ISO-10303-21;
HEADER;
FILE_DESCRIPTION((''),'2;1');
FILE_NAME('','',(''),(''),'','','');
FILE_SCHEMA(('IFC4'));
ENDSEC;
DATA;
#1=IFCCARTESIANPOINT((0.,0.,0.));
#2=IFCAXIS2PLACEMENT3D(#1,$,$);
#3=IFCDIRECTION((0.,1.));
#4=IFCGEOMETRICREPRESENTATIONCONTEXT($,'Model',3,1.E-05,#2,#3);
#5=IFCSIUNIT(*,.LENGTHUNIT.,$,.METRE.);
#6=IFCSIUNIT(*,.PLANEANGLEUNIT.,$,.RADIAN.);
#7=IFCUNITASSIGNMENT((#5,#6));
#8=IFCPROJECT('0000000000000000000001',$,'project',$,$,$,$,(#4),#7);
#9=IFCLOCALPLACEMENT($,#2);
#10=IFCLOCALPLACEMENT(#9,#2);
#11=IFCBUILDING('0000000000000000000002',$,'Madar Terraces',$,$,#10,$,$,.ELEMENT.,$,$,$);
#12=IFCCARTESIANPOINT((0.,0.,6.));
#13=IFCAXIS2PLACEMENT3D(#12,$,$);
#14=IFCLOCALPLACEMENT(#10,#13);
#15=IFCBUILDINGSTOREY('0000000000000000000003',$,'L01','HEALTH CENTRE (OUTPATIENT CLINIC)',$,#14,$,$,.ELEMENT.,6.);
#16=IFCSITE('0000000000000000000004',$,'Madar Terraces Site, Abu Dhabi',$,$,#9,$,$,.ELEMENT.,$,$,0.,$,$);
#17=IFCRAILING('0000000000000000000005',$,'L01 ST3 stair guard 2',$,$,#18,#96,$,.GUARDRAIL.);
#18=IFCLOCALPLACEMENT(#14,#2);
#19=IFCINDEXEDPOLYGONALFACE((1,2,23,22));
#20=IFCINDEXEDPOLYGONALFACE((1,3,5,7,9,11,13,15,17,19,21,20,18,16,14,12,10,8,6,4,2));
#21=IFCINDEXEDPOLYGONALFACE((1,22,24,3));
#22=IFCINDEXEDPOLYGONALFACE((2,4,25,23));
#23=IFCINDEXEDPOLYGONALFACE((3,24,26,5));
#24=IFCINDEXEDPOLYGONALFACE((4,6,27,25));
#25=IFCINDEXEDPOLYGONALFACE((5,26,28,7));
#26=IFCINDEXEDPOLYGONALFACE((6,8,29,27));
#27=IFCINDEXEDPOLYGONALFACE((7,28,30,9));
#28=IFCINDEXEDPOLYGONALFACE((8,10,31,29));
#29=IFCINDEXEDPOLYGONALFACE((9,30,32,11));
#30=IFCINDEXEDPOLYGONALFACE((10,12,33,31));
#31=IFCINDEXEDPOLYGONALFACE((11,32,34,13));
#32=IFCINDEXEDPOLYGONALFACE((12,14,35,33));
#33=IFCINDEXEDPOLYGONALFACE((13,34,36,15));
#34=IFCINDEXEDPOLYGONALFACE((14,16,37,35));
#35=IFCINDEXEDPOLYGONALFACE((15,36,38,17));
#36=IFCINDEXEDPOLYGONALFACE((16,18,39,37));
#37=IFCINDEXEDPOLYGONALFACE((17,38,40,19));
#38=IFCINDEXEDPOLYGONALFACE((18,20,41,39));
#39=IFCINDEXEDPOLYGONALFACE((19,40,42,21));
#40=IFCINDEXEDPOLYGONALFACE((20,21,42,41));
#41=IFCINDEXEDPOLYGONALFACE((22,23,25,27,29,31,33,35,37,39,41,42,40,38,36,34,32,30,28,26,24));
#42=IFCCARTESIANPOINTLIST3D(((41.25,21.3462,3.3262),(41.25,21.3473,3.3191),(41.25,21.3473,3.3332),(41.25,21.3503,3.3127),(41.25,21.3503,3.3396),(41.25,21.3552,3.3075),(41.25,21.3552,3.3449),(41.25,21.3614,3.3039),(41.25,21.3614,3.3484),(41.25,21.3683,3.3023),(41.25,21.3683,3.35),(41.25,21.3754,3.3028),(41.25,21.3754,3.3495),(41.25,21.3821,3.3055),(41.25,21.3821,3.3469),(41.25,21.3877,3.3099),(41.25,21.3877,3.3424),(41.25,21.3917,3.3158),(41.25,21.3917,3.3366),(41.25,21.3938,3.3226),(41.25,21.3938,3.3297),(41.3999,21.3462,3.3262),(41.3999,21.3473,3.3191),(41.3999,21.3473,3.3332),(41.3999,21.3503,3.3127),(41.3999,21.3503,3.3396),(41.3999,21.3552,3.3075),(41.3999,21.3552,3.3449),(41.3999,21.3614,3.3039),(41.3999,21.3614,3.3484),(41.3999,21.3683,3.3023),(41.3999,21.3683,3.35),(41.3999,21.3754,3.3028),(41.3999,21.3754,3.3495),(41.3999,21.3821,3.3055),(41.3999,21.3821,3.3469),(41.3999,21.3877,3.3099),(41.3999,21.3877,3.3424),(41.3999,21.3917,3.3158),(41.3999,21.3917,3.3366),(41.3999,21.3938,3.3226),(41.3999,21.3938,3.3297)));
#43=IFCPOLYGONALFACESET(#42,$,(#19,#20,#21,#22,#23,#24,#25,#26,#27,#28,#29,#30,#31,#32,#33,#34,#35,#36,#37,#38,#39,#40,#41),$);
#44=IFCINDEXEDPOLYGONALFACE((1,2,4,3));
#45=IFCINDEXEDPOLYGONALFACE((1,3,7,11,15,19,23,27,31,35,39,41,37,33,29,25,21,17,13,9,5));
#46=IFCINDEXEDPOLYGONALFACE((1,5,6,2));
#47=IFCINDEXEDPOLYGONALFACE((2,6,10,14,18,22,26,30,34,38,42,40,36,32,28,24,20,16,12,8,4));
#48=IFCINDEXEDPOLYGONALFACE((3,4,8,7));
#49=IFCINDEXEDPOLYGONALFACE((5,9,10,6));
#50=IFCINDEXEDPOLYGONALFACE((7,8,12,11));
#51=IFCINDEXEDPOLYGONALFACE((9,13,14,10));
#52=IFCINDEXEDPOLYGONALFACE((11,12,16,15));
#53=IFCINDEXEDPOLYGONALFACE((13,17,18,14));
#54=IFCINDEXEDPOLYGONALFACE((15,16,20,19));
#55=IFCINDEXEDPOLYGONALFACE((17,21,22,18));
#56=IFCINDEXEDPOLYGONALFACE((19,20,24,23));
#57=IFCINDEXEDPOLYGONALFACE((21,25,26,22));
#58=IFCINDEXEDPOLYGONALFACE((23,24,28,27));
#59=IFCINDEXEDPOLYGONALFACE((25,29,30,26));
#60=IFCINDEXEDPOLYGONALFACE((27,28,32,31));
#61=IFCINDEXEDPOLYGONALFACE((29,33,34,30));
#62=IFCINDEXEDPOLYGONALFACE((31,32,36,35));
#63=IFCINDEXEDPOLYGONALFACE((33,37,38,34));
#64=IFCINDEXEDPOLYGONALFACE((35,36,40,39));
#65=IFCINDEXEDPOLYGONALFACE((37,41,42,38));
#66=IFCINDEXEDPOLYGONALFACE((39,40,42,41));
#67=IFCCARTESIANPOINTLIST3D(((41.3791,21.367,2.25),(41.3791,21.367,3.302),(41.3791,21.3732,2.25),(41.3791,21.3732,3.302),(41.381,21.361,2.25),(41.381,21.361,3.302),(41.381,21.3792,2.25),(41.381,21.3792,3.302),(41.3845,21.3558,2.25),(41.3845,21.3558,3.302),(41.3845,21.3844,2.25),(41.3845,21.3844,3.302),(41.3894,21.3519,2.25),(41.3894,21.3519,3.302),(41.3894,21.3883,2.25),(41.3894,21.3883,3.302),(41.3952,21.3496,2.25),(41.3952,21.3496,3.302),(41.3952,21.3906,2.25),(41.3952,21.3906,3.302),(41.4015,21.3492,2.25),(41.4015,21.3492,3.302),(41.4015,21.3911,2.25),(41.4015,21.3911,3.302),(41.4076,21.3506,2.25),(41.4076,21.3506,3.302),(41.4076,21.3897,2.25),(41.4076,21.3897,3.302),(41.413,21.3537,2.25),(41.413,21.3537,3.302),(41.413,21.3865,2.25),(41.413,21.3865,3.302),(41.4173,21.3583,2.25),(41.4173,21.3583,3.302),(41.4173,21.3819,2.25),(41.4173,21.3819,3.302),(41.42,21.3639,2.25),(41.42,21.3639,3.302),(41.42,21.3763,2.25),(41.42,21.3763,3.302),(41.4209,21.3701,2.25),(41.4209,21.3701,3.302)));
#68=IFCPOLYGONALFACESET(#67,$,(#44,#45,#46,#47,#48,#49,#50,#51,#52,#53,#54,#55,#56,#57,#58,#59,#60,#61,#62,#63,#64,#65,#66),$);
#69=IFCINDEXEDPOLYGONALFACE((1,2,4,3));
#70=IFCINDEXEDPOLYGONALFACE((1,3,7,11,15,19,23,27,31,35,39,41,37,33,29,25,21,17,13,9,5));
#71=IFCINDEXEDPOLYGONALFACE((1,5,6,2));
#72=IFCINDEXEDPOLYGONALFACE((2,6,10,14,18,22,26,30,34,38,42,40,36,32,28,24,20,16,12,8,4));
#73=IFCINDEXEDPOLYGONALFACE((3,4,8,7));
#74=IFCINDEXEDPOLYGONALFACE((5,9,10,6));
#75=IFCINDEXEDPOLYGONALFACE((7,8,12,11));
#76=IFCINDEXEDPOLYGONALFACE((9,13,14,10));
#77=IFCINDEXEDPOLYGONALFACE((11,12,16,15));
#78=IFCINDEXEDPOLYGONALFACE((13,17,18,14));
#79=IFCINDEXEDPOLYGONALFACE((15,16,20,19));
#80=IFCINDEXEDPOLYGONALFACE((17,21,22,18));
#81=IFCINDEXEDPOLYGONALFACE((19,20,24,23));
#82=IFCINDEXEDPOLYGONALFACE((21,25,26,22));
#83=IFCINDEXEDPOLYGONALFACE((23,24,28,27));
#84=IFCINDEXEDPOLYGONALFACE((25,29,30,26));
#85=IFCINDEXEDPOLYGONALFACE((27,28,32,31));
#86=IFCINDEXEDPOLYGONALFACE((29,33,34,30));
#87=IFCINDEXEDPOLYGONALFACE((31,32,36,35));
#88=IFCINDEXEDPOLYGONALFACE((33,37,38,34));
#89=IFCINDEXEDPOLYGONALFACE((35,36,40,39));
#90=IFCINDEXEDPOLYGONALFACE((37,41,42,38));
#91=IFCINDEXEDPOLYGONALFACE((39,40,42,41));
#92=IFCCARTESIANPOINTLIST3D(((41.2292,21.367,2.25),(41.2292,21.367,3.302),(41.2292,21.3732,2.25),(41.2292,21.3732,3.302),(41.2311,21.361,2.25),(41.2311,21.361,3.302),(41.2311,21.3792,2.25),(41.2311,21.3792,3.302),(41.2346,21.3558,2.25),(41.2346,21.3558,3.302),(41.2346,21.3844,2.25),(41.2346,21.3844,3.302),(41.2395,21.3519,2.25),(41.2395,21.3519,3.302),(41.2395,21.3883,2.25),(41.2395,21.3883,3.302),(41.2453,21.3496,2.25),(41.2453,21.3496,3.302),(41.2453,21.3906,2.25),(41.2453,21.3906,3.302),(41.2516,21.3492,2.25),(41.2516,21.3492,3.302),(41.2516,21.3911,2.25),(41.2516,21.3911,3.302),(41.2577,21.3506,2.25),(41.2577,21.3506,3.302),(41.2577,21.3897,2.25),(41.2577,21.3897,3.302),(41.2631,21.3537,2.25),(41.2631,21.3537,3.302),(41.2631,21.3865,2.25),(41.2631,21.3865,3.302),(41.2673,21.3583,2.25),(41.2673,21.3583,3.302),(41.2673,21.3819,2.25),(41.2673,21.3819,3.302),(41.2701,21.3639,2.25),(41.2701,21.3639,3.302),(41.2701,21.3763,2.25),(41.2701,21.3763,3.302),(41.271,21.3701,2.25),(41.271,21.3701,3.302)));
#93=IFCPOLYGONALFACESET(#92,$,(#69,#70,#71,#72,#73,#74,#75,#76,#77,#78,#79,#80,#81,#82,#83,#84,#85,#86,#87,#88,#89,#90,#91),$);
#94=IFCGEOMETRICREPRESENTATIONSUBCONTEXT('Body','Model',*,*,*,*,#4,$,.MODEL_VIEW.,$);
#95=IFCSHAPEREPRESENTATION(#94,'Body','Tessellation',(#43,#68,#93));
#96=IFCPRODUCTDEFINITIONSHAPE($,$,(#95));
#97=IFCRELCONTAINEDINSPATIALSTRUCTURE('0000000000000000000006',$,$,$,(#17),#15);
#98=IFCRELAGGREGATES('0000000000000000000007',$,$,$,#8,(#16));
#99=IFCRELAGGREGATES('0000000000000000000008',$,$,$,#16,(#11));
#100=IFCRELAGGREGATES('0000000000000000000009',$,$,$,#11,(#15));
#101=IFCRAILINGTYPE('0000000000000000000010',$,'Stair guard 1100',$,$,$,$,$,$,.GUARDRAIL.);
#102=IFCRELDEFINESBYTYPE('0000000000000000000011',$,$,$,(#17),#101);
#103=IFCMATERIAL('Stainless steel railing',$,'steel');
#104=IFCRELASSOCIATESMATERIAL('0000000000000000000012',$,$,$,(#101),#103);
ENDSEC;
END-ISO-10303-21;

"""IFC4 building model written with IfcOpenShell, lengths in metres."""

from ifc_helpers import new_model, si_unit, direction, frame, origin, origin_2d, place, context, subcontext, project, spatial, circle, extrude, material, type_object, element, save


model = new_model("IFC4")

# Units and contexts
model_context = context("Model", 3, precision=1e-05, world=origin(), true_north=direction((0.0, 1.0)))
body_context = subcontext(model_context, "Body", "Model", "MODEL_VIEW")
ifc_project = project(units=[si_unit("LENGTHUNIT", "METRE"), si_unit("PLANEANGLEUNIT", "RADIAN")], contexts=[model_context])

# Site, building, storey
site_placement = place(None, origin())
site = spatial("IfcSite", under=ifc_project, at=site_placement, Name="Madar Terraces Site, Abu Dhabi", CompositionType="ELEMENT", RefElevation=0.0)
building_placement = place(site_placement, origin())
building = spatial("IfcBuilding", under=site, at=building_placement, Name="Madar Terraces", CompositionType="ELEMENT")
storey_placement = place(building_placement, frame((0.0, 0.0, 6.0)))
storey = spatial("IfcBuildingStorey", under=building, at=storey_placement, Name="L01", Description="HEALTH CENTRE (OUTPATIENT CLINIC)", CompositionType="ELEMENT", Elevation=6.0)

# Railing
ifc_material_1 = material(Name="Stainless steel railing", Category="steel")
railing_type_1 = type_object("IfcRailingType", Name="Stair guard 1100", PredefinedType="GUARDRAIL", material=ifc_material_1)
railing_1_placement = place(storey_placement, frame((41.3999, 21.3701, 2.25)))
element("IfcRailing", 1, at=railing_1_placement, inside=storey, type_object=railing_type_1, Name="L01 ST3 stair guard 2", PredefinedType="GUARDRAIL", context=body_context, shape_type="SweptSolid", body=[
    extrude(circle(Radius=0.0239, at=origin_2d()), frame((0.0, 0.0, 1.0762), z_axis=(-1.0, 0.0, 0.0), x_axis=(0.0, -1.0, 0.0)), (0.0, 0.0, 1.0), 0.1499),
    extrude(circle(Radius=0.021, at=origin_2d()), origin(), (0.0, 0.0, 1.0), 1.052),
    extrude(circle(Radius=0.021, at=origin_2d()), frame((-0.1499, 0.0, 0.0)), (0.0, 0.0, 1.0), 1.052),
])

save(model, "model.ifc")
